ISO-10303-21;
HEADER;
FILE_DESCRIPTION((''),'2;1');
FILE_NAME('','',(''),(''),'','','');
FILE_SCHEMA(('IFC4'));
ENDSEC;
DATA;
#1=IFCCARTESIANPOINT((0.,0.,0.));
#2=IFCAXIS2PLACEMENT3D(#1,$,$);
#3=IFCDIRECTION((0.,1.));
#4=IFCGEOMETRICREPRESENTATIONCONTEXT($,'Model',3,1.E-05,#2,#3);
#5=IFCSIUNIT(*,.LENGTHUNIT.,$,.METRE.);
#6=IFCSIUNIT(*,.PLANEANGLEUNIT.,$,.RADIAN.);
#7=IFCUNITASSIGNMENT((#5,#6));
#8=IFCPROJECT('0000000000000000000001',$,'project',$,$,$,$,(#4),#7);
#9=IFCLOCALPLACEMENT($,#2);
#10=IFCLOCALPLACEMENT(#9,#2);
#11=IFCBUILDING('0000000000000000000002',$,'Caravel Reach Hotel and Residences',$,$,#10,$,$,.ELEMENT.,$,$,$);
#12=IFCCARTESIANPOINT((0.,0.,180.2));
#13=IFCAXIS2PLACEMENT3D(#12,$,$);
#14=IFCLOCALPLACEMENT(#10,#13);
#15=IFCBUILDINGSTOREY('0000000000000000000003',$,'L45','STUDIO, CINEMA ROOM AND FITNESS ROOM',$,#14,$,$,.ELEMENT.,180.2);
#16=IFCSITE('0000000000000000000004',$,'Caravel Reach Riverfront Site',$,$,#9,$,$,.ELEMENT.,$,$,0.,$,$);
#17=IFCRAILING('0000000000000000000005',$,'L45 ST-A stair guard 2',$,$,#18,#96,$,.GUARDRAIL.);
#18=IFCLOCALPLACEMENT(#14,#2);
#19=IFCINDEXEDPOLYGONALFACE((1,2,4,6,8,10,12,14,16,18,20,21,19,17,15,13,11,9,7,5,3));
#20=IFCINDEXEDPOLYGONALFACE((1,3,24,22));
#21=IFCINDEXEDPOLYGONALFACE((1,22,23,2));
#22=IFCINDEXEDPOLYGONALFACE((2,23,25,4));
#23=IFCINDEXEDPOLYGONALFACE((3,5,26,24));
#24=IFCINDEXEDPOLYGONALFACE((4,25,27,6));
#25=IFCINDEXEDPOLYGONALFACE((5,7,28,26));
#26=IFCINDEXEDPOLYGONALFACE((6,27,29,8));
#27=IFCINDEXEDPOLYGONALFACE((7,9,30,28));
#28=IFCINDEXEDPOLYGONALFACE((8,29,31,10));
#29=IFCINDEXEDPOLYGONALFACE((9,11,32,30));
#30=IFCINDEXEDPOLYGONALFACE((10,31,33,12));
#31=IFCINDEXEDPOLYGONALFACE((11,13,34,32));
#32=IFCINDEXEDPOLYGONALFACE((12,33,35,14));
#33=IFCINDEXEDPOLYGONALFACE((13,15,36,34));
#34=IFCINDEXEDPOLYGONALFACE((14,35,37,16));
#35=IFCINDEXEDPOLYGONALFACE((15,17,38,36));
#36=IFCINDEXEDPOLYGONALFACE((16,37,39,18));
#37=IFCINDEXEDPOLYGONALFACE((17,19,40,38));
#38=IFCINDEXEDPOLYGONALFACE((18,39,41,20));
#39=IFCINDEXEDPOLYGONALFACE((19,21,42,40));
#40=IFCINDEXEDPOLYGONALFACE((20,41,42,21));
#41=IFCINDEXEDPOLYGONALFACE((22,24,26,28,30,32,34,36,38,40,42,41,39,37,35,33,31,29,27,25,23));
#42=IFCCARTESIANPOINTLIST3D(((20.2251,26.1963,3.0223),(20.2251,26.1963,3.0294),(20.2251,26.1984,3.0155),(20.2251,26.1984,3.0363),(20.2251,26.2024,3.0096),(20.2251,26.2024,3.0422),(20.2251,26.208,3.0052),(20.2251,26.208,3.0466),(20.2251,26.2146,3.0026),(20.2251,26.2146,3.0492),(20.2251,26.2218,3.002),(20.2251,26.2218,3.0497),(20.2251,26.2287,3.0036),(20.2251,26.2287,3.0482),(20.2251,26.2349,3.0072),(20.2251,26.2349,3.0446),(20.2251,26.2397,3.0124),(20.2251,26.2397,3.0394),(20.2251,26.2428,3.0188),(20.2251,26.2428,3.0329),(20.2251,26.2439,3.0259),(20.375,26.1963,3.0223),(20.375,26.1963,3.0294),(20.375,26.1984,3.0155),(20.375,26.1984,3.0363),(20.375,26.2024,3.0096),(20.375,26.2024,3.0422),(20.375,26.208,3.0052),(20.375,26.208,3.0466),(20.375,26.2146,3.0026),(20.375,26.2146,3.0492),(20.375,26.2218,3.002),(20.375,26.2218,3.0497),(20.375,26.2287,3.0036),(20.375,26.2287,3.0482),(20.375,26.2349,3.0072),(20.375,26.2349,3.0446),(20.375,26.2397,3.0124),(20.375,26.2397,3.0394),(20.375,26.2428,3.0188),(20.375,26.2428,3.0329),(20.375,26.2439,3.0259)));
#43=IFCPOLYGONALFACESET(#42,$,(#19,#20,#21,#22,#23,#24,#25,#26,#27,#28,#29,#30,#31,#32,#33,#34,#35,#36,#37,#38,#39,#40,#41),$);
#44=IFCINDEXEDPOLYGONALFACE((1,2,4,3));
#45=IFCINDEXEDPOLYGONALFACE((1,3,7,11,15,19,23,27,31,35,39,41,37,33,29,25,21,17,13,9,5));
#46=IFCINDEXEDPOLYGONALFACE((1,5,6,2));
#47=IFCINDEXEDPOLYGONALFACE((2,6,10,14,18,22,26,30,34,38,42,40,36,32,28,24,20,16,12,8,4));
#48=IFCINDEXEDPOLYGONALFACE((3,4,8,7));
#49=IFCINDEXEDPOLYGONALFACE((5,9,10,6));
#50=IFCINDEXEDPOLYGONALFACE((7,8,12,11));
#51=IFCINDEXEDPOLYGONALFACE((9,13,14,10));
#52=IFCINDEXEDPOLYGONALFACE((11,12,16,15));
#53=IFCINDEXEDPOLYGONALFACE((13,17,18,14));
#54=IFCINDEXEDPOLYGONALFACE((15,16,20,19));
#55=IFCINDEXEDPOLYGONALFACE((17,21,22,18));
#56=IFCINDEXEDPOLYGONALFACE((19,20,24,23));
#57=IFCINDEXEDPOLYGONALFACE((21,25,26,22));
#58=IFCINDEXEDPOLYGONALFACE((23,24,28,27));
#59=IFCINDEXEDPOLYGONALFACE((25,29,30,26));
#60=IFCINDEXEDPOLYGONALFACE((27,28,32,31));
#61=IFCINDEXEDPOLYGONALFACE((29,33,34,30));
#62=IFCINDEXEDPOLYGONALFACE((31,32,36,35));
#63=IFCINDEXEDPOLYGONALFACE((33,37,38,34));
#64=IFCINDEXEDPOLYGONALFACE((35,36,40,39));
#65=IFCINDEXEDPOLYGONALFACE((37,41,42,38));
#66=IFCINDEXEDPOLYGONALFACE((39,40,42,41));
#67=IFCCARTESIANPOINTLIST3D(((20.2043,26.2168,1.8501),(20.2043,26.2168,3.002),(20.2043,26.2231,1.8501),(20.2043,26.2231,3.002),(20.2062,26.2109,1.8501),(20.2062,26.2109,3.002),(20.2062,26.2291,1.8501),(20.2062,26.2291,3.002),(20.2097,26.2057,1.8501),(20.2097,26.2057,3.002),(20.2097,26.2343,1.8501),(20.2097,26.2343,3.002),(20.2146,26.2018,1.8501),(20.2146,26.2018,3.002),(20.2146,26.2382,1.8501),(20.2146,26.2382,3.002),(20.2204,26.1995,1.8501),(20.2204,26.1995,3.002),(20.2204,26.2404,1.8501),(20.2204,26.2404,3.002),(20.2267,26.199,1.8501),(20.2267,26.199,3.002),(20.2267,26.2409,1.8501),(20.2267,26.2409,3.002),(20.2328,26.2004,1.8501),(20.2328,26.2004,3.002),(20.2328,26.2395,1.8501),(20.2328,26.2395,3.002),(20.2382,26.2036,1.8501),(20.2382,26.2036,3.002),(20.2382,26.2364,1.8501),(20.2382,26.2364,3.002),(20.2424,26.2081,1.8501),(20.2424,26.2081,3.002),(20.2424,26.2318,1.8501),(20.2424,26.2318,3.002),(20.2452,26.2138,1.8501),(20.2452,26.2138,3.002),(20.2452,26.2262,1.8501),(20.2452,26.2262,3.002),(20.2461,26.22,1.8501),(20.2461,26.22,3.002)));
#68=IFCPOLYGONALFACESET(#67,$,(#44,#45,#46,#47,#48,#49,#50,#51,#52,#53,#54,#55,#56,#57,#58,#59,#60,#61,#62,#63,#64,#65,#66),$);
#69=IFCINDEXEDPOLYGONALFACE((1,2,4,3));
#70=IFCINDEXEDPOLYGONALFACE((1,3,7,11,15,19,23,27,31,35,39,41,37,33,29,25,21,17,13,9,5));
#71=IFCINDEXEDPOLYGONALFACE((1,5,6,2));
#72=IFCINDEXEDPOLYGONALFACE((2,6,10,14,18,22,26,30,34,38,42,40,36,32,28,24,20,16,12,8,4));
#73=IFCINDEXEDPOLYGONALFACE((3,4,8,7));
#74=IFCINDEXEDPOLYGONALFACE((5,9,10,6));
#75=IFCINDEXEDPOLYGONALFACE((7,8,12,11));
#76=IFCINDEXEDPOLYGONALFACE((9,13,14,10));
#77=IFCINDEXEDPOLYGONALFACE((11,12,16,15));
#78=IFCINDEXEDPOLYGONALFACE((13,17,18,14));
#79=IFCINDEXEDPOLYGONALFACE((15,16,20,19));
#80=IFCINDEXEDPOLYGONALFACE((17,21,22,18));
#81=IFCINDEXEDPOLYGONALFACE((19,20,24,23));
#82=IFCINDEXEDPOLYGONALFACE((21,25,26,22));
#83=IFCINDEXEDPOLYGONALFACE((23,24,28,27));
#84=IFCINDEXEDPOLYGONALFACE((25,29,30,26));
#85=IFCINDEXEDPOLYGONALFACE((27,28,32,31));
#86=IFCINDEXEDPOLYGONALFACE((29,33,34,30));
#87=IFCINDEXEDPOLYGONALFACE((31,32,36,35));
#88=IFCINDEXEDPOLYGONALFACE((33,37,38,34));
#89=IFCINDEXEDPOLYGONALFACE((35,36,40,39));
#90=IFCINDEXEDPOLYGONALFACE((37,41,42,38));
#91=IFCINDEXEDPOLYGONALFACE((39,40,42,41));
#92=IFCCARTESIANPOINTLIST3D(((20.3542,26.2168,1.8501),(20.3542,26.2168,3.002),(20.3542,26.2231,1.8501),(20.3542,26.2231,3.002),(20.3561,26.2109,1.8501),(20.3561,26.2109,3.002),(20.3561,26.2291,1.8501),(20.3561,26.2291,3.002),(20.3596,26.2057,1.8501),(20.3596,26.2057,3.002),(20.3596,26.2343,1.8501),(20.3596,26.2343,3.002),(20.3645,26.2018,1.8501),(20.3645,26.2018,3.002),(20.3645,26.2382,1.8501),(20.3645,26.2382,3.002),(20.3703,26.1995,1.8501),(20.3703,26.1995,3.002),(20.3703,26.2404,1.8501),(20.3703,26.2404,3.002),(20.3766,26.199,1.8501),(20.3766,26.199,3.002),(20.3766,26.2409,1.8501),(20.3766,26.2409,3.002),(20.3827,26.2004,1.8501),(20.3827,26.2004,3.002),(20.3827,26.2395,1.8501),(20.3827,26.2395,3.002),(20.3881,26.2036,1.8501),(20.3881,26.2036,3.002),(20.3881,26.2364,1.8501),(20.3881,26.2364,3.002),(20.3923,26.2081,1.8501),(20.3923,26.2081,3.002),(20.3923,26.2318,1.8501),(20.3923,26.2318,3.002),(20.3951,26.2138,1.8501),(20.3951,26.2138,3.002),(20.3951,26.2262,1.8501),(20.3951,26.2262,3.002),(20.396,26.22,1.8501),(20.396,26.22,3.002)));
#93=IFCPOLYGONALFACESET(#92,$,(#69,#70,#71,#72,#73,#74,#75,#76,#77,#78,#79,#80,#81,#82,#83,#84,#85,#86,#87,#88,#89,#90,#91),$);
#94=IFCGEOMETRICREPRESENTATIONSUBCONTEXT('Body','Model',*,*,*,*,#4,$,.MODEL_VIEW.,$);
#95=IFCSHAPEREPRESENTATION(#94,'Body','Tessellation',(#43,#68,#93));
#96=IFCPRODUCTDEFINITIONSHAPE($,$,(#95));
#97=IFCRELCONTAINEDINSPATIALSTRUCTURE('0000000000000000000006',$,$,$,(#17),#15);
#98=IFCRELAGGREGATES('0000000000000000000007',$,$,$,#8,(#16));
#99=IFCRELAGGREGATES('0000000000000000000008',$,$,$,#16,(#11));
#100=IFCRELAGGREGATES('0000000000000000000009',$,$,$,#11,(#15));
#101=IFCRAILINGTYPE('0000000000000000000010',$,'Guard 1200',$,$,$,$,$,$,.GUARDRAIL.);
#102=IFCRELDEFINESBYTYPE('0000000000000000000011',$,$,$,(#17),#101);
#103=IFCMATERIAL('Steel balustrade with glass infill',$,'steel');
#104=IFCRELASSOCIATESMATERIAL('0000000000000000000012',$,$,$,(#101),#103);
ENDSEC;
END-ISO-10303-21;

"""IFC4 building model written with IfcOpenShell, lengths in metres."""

from ifc_helpers import new_model, si_unit, direction, frame, origin, origin_2d, place, context, subcontext, project, spatial, circle, extrude, material, type_object, element, save


model = new_model("IFC4")

# Units and contexts
model_context = context("Model", 3, precision=1e-05, world=origin(), true_north=direction((0.0, 1.0)))
body_context = subcontext(model_context, "Body", "Model", "MODEL_VIEW")
ifc_project = project(units=[si_unit("LENGTHUNIT", "METRE"), si_unit("PLANEANGLEUNIT", "RADIAN")], contexts=[model_context])

# Site, building, storey
site_placement = place(None, origin())
site = spatial("IfcSite", under=ifc_project, at=site_placement, Name="Caravel Reach Riverfront Site", CompositionType="ELEMENT", RefElevation=0.0)
building_placement = place(site_placement, origin())
building = spatial("IfcBuilding", under=site, at=building_placement, Name="Caravel Reach Hotel and Residences", CompositionType="ELEMENT")
storey_placement = place(building_placement, frame((0.0, 0.0, 180.2)))
storey = spatial("IfcBuildingStorey", under=building, at=storey_placement, Name="L45", Description="STUDIO, CINEMA ROOM AND FITNESS ROOM", CompositionType="ELEMENT", Elevation=180.2)

# Railing
ifc_material_1 = material(Name="Steel balustrade with glass infill", Category="steel")
railing_type_1 = type_object("IfcRailingType", Name="Guard 1200", PredefinedType="GUARDRAIL", material=ifc_material_1)
railing_1_placement = place(storey_placement, frame((20.2251, 26.22, 1.8501)))
element("IfcRailing", 1, at=railing_1_placement, inside=storey, type_object=railing_type_1, Name="L45 ST-A stair guard 2", PredefinedType="GUARDRAIL", context=body_context, shape_type="SweptSolid", body=[
    extrude(circle(Radius=0.0239, at=origin_2d()), frame((0.0, 0.0, 1.1758), z_axis=(1.0, 0.0, 0.0), x_axis=(0.0, 1.0, 0.0)), (0.0, 0.0, 1.0), 0.1499),
    extrude(circle(Radius=0.021, at=origin_2d()), origin(), (0.0, 0.0, 1.0), 1.1519),
    extrude(circle(Radius=0.021, at=origin_2d()), frame((0.1499, 0.0, 0.0)), (0.0, 0.0, 1.0), 1.1519),
])

save(model, "model.ifc")
